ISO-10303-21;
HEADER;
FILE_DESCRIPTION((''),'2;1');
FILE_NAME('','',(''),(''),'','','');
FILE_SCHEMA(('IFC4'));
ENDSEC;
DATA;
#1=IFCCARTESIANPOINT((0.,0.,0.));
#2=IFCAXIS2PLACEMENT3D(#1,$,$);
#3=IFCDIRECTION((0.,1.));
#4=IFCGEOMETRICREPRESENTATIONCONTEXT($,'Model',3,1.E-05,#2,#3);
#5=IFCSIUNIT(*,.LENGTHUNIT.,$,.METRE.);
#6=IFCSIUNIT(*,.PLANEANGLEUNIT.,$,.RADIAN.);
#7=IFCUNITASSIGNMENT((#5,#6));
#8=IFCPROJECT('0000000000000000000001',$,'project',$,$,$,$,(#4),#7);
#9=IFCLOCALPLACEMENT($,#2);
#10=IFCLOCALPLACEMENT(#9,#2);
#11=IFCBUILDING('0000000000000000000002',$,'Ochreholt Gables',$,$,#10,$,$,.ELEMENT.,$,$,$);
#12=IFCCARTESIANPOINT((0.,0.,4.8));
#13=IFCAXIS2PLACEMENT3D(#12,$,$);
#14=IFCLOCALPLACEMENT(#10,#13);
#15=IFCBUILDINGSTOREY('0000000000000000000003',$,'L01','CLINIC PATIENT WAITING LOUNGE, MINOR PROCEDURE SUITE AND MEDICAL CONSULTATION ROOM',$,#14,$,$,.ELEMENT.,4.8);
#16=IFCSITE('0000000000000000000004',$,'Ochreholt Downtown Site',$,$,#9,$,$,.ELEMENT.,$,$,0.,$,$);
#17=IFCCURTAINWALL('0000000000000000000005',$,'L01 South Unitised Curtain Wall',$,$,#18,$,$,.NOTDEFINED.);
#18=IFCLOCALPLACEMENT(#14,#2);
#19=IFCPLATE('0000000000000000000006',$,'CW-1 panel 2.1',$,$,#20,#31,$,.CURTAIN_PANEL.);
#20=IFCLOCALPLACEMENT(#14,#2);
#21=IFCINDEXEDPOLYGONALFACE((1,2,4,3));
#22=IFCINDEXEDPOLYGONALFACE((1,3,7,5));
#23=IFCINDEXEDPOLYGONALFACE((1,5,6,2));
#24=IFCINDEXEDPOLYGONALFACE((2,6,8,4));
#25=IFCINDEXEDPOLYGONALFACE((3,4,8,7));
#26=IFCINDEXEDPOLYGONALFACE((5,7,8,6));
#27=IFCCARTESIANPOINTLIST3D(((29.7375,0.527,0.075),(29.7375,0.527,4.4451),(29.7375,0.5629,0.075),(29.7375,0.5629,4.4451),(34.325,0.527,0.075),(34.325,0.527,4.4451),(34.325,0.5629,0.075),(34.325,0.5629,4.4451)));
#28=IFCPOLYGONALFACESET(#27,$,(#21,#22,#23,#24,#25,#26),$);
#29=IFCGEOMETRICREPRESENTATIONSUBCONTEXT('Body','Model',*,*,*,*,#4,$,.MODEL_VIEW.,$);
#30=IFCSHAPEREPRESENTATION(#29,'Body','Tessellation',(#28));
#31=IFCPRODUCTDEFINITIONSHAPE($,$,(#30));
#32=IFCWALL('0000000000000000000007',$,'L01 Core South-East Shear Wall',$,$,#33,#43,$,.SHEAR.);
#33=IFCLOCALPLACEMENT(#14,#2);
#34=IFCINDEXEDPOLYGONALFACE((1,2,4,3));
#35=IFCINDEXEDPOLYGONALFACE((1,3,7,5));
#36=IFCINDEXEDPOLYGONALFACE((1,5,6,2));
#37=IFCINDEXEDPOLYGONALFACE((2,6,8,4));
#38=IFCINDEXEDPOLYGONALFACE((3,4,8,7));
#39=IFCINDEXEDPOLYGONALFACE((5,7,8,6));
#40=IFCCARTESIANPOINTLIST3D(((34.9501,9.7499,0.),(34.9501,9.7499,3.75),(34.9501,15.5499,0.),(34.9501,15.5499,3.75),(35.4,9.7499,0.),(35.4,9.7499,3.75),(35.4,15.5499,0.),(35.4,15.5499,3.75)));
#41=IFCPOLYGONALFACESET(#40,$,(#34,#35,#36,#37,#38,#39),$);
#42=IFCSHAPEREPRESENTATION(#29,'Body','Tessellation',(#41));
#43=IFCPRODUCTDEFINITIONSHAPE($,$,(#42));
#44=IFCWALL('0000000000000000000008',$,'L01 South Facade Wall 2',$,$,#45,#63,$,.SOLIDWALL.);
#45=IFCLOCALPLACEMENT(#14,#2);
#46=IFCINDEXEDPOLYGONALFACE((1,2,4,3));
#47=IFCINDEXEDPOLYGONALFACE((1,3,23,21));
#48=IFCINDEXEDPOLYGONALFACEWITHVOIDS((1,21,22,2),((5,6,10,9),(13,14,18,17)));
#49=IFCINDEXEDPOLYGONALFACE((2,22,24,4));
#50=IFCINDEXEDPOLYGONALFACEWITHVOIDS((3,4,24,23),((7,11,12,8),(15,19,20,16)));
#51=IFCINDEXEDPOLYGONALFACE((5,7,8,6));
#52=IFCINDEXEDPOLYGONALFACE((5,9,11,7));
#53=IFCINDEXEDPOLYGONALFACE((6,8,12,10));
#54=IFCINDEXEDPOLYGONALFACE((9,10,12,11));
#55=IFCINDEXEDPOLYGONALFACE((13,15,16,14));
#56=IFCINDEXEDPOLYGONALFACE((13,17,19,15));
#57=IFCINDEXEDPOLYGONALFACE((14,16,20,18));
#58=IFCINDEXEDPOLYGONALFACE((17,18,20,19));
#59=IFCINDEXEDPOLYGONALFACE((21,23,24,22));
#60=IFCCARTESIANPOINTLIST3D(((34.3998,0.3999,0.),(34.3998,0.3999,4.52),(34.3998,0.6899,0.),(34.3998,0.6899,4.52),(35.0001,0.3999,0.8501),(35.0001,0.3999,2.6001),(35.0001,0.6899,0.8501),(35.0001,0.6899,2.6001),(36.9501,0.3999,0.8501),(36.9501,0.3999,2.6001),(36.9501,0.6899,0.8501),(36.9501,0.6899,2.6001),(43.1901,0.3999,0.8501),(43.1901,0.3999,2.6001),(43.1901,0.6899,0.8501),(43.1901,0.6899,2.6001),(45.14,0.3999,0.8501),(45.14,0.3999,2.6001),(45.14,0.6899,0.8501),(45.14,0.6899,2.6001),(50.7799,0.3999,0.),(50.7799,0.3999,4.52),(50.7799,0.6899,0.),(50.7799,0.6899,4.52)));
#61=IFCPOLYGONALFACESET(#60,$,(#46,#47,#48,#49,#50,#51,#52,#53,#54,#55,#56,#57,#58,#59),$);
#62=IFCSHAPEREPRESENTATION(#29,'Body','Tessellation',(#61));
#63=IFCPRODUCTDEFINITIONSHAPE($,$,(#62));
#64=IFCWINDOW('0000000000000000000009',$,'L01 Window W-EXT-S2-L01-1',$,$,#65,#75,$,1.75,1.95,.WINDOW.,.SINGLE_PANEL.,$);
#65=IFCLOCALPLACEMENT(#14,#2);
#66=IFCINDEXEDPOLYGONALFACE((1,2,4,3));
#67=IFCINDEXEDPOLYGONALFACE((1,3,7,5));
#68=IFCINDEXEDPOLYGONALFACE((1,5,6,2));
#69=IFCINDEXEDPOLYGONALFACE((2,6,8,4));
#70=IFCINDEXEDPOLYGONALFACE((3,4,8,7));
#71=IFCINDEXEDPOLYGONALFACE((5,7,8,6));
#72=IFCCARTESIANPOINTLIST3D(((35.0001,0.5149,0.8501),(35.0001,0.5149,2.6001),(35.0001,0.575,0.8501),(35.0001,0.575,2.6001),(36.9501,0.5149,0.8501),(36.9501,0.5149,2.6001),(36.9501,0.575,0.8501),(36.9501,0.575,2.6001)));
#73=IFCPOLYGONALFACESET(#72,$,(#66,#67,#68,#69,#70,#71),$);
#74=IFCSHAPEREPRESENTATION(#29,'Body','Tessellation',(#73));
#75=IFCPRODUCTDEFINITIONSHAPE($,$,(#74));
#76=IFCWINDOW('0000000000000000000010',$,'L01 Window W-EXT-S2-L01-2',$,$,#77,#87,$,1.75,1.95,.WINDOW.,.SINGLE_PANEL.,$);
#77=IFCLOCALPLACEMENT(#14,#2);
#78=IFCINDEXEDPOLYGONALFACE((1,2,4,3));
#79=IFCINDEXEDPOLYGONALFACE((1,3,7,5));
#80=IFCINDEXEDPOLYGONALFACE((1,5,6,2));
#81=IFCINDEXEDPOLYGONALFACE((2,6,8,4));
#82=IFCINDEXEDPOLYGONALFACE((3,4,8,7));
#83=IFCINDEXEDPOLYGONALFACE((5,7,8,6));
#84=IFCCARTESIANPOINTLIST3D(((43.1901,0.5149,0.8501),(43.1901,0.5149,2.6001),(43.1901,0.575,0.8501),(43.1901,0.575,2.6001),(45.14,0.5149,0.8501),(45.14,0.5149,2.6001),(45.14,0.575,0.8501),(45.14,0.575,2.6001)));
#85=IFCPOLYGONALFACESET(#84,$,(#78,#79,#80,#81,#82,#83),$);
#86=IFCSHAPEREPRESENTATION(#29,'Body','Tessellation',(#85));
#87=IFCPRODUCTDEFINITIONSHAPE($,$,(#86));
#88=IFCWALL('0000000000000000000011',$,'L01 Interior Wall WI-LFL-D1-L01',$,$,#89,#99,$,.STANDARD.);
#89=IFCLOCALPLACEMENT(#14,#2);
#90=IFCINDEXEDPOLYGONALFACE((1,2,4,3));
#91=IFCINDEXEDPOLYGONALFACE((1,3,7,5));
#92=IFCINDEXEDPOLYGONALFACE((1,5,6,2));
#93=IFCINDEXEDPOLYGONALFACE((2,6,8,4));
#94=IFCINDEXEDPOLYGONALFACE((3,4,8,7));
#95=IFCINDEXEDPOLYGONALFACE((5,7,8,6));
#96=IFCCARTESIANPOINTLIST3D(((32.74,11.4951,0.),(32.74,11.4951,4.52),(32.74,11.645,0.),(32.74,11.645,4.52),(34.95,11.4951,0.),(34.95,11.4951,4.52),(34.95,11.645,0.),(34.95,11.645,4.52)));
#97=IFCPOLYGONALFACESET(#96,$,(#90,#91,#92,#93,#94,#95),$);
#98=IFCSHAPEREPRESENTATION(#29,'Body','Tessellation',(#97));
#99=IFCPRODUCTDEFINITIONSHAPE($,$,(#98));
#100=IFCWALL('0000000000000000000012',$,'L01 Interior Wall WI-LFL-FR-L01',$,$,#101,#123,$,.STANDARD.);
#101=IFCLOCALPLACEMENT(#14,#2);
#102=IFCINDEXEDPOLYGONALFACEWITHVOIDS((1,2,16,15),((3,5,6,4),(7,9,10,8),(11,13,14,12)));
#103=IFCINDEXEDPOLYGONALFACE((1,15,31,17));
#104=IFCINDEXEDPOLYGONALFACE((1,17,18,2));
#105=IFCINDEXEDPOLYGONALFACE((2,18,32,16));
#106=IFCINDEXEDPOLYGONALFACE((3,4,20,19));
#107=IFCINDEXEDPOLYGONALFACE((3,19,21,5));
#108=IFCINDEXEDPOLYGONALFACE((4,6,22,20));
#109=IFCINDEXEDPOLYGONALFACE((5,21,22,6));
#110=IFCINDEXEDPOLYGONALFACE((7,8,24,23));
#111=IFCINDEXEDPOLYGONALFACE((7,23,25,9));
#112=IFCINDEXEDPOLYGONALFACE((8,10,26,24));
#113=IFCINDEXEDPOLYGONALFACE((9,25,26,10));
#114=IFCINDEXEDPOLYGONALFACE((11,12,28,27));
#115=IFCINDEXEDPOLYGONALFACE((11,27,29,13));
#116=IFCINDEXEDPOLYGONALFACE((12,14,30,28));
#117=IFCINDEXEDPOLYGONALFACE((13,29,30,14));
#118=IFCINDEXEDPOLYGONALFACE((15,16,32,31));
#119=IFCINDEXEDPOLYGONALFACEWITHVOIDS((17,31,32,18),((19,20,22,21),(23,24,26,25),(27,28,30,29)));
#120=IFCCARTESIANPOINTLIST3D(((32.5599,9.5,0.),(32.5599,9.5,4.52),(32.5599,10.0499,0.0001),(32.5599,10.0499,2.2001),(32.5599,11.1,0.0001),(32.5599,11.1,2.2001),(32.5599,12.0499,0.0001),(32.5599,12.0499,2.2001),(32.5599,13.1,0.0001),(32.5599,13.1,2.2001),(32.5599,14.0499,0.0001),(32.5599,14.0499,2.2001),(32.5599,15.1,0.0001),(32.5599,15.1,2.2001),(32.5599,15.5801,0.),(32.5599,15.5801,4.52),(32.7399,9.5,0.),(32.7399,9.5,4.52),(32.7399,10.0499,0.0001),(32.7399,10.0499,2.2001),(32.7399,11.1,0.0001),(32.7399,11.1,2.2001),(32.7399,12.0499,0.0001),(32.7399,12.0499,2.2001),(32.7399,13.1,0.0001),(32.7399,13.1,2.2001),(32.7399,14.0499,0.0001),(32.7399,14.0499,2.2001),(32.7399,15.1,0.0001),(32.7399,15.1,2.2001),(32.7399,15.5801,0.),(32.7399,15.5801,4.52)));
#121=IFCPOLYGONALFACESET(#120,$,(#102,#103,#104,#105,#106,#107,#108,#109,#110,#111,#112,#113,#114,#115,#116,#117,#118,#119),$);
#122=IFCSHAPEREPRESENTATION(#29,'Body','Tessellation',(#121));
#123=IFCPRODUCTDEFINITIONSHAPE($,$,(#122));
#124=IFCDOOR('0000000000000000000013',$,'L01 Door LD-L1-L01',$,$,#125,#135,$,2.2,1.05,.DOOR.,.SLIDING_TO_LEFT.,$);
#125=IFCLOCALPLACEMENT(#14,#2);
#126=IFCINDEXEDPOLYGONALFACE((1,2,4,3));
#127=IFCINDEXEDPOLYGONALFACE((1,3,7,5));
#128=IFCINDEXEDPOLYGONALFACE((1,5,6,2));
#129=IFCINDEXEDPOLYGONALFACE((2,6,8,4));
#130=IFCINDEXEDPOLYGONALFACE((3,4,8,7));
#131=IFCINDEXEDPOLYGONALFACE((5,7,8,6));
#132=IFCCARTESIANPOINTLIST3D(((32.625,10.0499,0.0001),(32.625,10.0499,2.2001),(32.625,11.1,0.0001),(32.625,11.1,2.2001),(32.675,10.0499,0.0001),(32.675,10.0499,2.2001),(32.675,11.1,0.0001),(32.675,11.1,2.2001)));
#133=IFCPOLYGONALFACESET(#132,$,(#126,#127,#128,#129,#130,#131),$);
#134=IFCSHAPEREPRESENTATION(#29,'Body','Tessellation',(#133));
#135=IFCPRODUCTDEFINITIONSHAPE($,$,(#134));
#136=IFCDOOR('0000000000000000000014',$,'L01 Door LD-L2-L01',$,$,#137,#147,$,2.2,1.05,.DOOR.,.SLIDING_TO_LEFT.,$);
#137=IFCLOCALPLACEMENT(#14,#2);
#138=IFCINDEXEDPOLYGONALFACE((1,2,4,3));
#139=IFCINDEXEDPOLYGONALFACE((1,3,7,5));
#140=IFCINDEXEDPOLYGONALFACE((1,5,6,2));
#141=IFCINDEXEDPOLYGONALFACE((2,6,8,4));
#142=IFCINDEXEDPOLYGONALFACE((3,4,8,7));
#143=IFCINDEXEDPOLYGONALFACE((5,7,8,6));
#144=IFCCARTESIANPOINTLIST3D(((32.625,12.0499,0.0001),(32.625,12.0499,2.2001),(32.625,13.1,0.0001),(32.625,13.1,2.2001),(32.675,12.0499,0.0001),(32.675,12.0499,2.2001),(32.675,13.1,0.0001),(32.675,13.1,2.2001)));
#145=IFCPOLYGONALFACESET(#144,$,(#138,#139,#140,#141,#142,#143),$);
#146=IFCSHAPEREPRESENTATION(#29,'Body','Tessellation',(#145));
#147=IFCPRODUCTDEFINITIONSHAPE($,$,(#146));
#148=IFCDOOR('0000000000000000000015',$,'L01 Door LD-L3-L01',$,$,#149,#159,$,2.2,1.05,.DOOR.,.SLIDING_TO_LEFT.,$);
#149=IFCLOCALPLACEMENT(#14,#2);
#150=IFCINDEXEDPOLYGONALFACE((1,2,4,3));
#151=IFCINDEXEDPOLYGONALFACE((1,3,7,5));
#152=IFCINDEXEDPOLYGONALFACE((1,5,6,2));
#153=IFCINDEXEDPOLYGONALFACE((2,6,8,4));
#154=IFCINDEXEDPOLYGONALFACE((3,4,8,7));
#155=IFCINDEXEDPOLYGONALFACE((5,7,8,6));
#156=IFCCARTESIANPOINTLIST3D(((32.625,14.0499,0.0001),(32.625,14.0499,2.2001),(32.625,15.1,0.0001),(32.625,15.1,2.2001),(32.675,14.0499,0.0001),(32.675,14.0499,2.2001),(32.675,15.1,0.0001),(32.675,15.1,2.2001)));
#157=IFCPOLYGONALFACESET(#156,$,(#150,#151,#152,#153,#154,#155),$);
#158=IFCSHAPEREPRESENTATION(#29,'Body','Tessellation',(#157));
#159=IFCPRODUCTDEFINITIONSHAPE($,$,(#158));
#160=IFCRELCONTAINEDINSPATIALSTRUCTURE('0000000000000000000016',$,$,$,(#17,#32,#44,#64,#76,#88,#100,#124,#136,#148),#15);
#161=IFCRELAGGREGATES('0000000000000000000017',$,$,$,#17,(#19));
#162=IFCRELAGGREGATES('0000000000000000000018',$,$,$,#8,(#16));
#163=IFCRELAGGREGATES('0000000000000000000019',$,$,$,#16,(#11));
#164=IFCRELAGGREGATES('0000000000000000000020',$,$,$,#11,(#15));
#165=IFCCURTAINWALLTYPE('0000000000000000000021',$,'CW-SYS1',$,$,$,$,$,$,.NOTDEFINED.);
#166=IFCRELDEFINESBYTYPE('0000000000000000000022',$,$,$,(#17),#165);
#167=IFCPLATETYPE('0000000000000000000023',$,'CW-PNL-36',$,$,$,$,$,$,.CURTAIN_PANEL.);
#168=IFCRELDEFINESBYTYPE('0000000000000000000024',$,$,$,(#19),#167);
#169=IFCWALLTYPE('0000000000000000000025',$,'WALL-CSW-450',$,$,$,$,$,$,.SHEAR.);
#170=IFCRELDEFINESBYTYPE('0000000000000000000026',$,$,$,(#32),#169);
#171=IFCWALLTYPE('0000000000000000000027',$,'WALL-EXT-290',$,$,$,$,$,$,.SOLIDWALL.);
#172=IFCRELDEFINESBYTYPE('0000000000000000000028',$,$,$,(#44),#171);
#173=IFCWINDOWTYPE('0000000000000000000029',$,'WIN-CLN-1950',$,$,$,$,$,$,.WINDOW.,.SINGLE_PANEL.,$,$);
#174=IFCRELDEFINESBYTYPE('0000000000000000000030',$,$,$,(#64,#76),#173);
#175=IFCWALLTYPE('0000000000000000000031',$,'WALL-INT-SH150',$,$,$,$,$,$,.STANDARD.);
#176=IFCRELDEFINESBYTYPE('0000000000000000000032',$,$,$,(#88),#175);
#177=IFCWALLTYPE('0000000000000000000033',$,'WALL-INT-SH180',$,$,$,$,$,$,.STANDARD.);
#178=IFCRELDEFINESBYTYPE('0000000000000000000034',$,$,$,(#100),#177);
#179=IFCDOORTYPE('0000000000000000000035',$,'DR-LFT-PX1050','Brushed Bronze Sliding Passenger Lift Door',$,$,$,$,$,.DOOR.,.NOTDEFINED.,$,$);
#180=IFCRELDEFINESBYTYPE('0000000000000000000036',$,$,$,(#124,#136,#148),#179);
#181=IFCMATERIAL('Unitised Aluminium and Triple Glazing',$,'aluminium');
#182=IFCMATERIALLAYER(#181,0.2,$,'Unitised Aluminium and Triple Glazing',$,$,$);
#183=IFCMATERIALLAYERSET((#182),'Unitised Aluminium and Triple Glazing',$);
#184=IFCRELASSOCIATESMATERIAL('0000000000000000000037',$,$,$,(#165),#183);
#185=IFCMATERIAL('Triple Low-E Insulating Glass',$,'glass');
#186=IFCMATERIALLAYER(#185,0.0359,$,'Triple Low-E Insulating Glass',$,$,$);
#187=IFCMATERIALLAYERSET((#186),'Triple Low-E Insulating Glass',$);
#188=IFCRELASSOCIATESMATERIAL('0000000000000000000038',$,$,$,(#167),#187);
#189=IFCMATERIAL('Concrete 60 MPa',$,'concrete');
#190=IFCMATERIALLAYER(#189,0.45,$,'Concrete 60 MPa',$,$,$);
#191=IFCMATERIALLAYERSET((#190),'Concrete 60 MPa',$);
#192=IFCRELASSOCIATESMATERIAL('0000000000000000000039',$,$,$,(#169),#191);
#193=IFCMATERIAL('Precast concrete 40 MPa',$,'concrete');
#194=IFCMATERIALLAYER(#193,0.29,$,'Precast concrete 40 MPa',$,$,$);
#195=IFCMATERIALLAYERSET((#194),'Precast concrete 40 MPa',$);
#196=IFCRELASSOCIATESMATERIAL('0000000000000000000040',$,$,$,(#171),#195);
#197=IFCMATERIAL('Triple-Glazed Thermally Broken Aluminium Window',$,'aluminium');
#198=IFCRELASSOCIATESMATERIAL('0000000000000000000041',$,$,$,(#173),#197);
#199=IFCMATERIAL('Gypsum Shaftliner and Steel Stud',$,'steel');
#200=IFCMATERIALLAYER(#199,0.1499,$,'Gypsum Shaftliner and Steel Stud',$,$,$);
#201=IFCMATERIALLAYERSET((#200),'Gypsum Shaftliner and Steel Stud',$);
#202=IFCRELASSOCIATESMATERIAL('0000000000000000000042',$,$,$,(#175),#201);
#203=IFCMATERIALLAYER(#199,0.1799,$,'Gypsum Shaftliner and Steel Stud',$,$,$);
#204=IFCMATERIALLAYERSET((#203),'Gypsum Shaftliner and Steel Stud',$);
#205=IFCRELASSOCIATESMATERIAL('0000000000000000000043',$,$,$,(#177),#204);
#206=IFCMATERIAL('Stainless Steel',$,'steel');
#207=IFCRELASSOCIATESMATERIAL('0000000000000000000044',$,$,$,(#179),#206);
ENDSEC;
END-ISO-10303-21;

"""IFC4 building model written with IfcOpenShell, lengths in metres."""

from ifc_helpers import new_model, si_unit, direction, frame, frame_2d, origin, origin_2d, place, context, subcontext, project, spatial, rectangle, extrude, material, layer, layer_set, type_object, element, fill, aggregate, save


model = new_model("IFC4")

# Units and contexts
model_context = context("Model", 3, precision=1e-05, world=origin(), true_north=direction((0.0, 1.0)))
body_context = subcontext(model_context, "Body", "Model", "MODEL_VIEW")
ifc_project = project(units=[si_unit("LENGTHUNIT", "METRE"), si_unit("PLANEANGLEUNIT", "RADIAN")], contexts=[model_context])

# Site, building, storey
site_placement = place(None, origin())
site = spatial("IfcSite", under=ifc_project, at=site_placement, Name="Ochreholt Downtown Site", CompositionType="ELEMENT", RefElevation=0.0)
building_placement = place(site_placement, origin())
building = spatial("IfcBuilding", under=site, at=building_placement, Name="Ochreholt Gables", CompositionType="ELEMENT")
storey_placement = place(building_placement, frame((0.0, 0.0, 4.8)))
storey = spatial("IfcBuildingStorey", under=building, at=storey_placement, Name="L01", Description="CLINIC PATIENT WAITING LOUNGE, MINOR PROCEDURE SUITE AND MEDICAL CONSULTATION ROOM", CompositionType="ELEMENT", Elevation=4.8)

# Shared definitions
ifc_material_1 = material(Name="Concrete 60 MPa", Category="concrete")

# Curtain wall, plate
ifc_material_2 = material(Name="Unitised Aluminium and Triple Glazing", Category="aluminium")
ifc_layer_1 = layer(ifc_material_2, 0.2, Name="Unitised Aluminium and Triple Glazing")
ifc_layer_set_1 = layer_set([ifc_layer_1], Name="Unitised Aluminium and Triple Glazing")
curtain_wall_type = type_object("IfcCurtainWallType", Name="CW-SYS1", PredefinedType="NOTDEFINED", material=ifc_layer_set_1)
curtain_wall_placement = place(storey_placement, origin())
curtain_wall = element("IfcCurtainWall", 1, at=curtain_wall_placement, inside=storey, type_object=curtain_wall_type, Name="L01 South Unitised Curtain Wall", PredefinedType="NOTDEFINED")
ifc_material_3 = material(Name="Triple Low-E Insulating Glass", Category="glass")
ifc_layer_2 = layer(ifc_material_3, 0.0359, Name="Triple Low-E Insulating Glass")
ifc_layer_set_2 = layer_set([ifc_layer_2], Name="Triple Low-E Insulating Glass")
plate_type = type_object("IfcPlateType", Name="CW-PNL-36", PredefinedType="CURTAIN_PANEL", material=ifc_layer_set_2)
plate_1_placement = place(storey_placement, frame((32.0312, 0.5449, 0.075), z_axis=(0.0, 0.0, 1.0), x_axis=(1.0, 0.0, 0.0)))
plate_1 = element("IfcPlate", 2, at=plate_1_placement, type_object=plate_type, Name="CW-1 panel 2.1", PredefinedType="CURTAIN_PANEL", context=body_context, shape_type="SweptSolid", body=[
    extrude(rectangle(XDim=4.5874, YDim=0.0359, at=origin_2d()), origin(), (0.0, 0.0, 1.0), 4.3701),
])
aggregate(curtain_wall, [plate_1])

# Wall
ifc_layer_3 = layer(ifc_material_1, 0.45, Name="Concrete 60 MPa")
ifc_layer_set_3 = layer_set([ifc_layer_3], Name="Concrete 60 MPa")
wall_type_1 = type_object("IfcWallType", Name="WALL-CSW-450", PredefinedType="SHEAR", material=ifc_layer_set_3)
wall_1_placement = place(storey_placement, frame((35.175, 9.75, 0.0), z_axis=(0.0, 0.0, 1.0), x_axis=(0.0, 1.0, 0.0)))
element("IfcWall", 3, at=wall_1_placement, inside=storey, type_object=wall_type_1, Name="L01 Core South-East Shear Wall", PredefinedType="SHEAR", context=body_context, shape_type="SweptSolid", body=[
    extrude(rectangle(XDim=5.8, YDim=0.45, at=frame_2d((2.8999, 0.0))), origin(), (0.0, 0.0, 1.0), 3.75),
])

# Wall, openings, windows
ifc_material_4 = material(Name="Precast concrete 40 MPa", Category="concrete")
ifc_layer_4 = layer(ifc_material_4, 0.29, Name="Precast concrete 40 MPa")
ifc_layer_set_4 = layer_set([ifc_layer_4], Name="Precast concrete 40 MPa")
wall_type_2 = type_object("IfcWallType", Name="WALL-EXT-290", PredefinedType="SOLIDWALL", material=ifc_layer_set_4)
wall_2_placement = place(storey_placement, frame((34.3999, 0.5449, 0.0), z_axis=(0.0, 0.0, 1.0), x_axis=(1.0, 0.0, 0.0)))
wall_2 = element("IfcWall", 4, at=wall_2_placement, inside=storey, type_object=wall_type_2, Name="L01 South Facade Wall 2", PredefinedType="SOLIDWALL", context=body_context, shape_type="SweptSolid", body=[
    extrude(rectangle(XDim=16.3801, YDim=0.29, at=frame_2d((8.1899, 0.0))), origin(), (0.0, 0.0, 1.0), 4.52),
])
opening_1_placement = place(wall_2_placement, frame((0.6001, 0.0, 0.8501)))
opening_1 = element("IfcOpeningElement", 5, at=opening_1_placement, cuts=wall_2, PredefinedType="OPENING", context=body_context, shape_type="SweptSolid", body=[
    extrude(rectangle(XDim=1.95, YDim=1.75, at=frame_2d((0.9751, 0.875))), frame((0.0, 0.155, 0.0), z_axis=(0.0, -1.0, 0.0), x_axis=(1.0, 0.0, 0.0)), (0.0, 0.0, 1.0), 0.3101),
])
opening_2_placement = place(wall_2_placement, frame((8.79, 0.0, 0.8501)))
opening_2 = element("IfcOpeningElement", 6, at=opening_2_placement, cuts=wall_2, PredefinedType="OPENING", context=body_context, shape_type="SweptSolid", body=[
    extrude(rectangle(XDim=1.95, YDim=1.75, at=frame_2d((0.9751, 0.875))), frame((0.0, 0.155, 0.0), z_axis=(0.0, -1.0, 0.0), x_axis=(1.0, 0.0, 0.0)), (0.0, 0.0, 1.0), 0.3101),
])
ifc_material_5 = material(Name="Triple-Glazed Thermally Broken Aluminium Window", Category="aluminium")
window_type = type_object("IfcWindowType", Name="WIN-CLN-1950", PartitioningType="SINGLE_PANEL", PredefinedType="WINDOW", material=ifc_material_5)
window_1_placement = place(opening_1_placement, origin())
window_1 = element("IfcWindow", 7, at=window_1_placement, inside=storey, type_object=window_type, Name="L01 Window W-EXT-S2-L01-1", OverallHeight=1.75, OverallWidth=1.95, PartitioningType="SINGLE_PANEL", PredefinedType="WINDOW", context=body_context, shape_type="SweptSolid", body=[
    extrude(rectangle(XDim=1.95, YDim=1.75, at=frame_2d((0.9751, 0.875))), frame((0.0, 0.03, 0.0), z_axis=(0.0, -1.0, 0.0), x_axis=(1.0, 0.0, 0.0)), (0.0, 0.0, 1.0), 0.0601),
])
fill(opening_1, window_1)
window_2_placement = place(opening_2_placement, origin())
window_2 = element("IfcWindow", 8, at=window_2_placement, inside=storey, type_object=window_type, Name="L01 Window W-EXT-S2-L01-2", OverallHeight=1.75, OverallWidth=1.95, PartitioningType="SINGLE_PANEL", PredefinedType="WINDOW", context=body_context, shape_type="SweptSolid", body=[
    extrude(rectangle(XDim=1.95, YDim=1.75, at=frame_2d((0.9751, 0.875))), frame((0.0, 0.03, 0.0), z_axis=(0.0, -1.0, 0.0), x_axis=(1.0, 0.0, 0.0)), (0.0, 0.0, 1.0), 0.0601),
])
fill(opening_2, window_2)

# Wall
ifc_material_6 = material(Name="Gypsum Shaftliner and Steel Stud", Category="steel")
ifc_layer_5 = layer(ifc_material_6, 0.1499, Name="Gypsum Shaftliner and Steel Stud")
ifc_layer_set_5 = layer_set([ifc_layer_5], Name="Gypsum Shaftliner and Steel Stud")
wall_type_3 = type_object("IfcWallType", Name="WALL-INT-SH150", PredefinedType="STANDARD", material=ifc_layer_set_5)
wall_3_placement = place(storey_placement, frame((32.74, 11.5701, 0.0), z_axis=(0.0, 0.0, 1.0), x_axis=(1.0, 0.0, 0.0)))
element("IfcWall", 9, at=wall_3_placement, inside=storey, type_object=wall_type_3, Name="L01 Interior Wall WI-LFL-D1-L01", PredefinedType="STANDARD", context=body_context, shape_type="SweptSolid", body=[
    extrude(rectangle(XDim=2.21, YDim=0.1499, at=frame_2d((1.105, 0.0))), origin(), (0.0, 0.0, 1.0), 4.52),
])

# Wall, openings, doors
ifc_layer_6 = layer(ifc_material_6, 0.1799, Name="Gypsum Shaftliner and Steel Stud")
ifc_layer_set_6 = layer_set([ifc_layer_6], Name="Gypsum Shaftliner and Steel Stud")
wall_type_4 = type_object("IfcWallType", Name="WALL-INT-SH180", PredefinedType="STANDARD", material=ifc_layer_set_6)
wall_4_placement = place(storey_placement, frame((32.6499, 9.5, 0.0), z_axis=(0.0, 0.0, 1.0), x_axis=(0.0, 1.0, 0.0)))
wall_4 = element("IfcWall", 10, at=wall_4_placement, inside=storey, type_object=wall_type_4, Name="L01 Interior Wall WI-LFL-FR-L01", PredefinedType="STANDARD", context=body_context, shape_type="SweptSolid", body=[
    extrude(rectangle(XDim=6.0801, YDim=0.1799, at=frame_2d((3.04, 0.0))), origin(), (0.0, 0.0, 1.0), 4.52),
])
opening_3_placement = place(wall_4_placement, frame((0.55, 0.0, 0.0)))
opening_3 = element("IfcOpeningElement", 11, at=opening_3_placement, cuts=wall_4, PredefinedType="OPENING", context=body_context, shape_type="SweptSolid", body=[
    extrude(rectangle(XDim=1.05, YDim=2.2, at=frame_2d((0.5249, 1.1001))), frame((0.0, 0.0999, 0.0), z_axis=(0.0, -1.0, 0.0), x_axis=(1.0, 0.0, 0.0)), (0.0, 0.0, 1.0), 0.2),
])
opening_4_placement = place(wall_4_placement, frame((2.55, 0.0, 0.0)))
opening_4 = element("IfcOpeningElement", 12, at=opening_4_placement, cuts=wall_4, PredefinedType="OPENING", context=body_context, shape_type="SweptSolid", body=[
    extrude(rectangle(XDim=1.05, YDim=2.2, at=frame_2d((0.5249, 1.1001))), frame((0.0, 0.0999, 0.0), z_axis=(0.0, -1.0, 0.0), x_axis=(1.0, 0.0, 0.0)), (0.0, 0.0, 1.0), 0.2),
])
opening_5_placement = place(wall_4_placement, frame((4.55, 0.0, 0.0)))
opening_5 = element("IfcOpeningElement", 13, at=opening_5_placement, cuts=wall_4, PredefinedType="OPENING", context=body_context, shape_type="SweptSolid", body=[
    extrude(rectangle(XDim=1.05, YDim=2.2, at=frame_2d((0.5249, 1.1001))), frame((0.0, 0.0999, 0.0), z_axis=(0.0, -1.0, 0.0), x_axis=(1.0, 0.0, 0.0)), (0.0, 0.0, 1.0), 0.2),
])
ifc_material_7 = material(Name="Stainless Steel", Category="steel")
door_type = type_object("IfcDoorType", Name="DR-LFT-PX1050", Description="Brushed Bronze Sliding Passenger Lift Door", OperationType="NOTDEFINED", PredefinedType="DOOR", material=ifc_material_7)
door_1_placement = place(opening_3_placement, origin())
door_1 = element("IfcDoor", 14, at=door_1_placement, inside=storey, type_object=door_type, Name="L01 Door LD-L1-L01", OperationType="SLIDING_TO_LEFT", OverallHeight=2.2, OverallWidth=1.05, PredefinedType="DOOR", context=body_context, shape_type="SweptSolid", body=[
    extrude(rectangle(XDim=1.05, YDim=2.2, at=frame_2d((0.5249, 1.1001))), frame((0.0, 0.0249, 0.0), z_axis=(0.0, -1.0, 0.0), x_axis=(1.0, 0.0, 0.0)), (0.0, 0.0, 1.0), 0.05),
])
fill(opening_3, door_1)
door_2_placement = place(opening_4_placement, origin())
door_2 = element("IfcDoor", 15, at=door_2_placement, inside=storey, type_object=door_type, Name="L01 Door LD-L2-L01", OperationType="SLIDING_TO_LEFT", OverallHeight=2.2, OverallWidth=1.05, PredefinedType="DOOR", context=body_context, shape_type="SweptSolid", body=[
    extrude(rectangle(XDim=1.05, YDim=2.2, at=frame_2d((0.5249, 1.1001))), frame((0.0, 0.0249, 0.0), z_axis=(0.0, -1.0, 0.0), x_axis=(1.0, 0.0, 0.0)), (0.0, 0.0, 1.0), 0.05),
])
fill(opening_4, door_2)
door_3_placement = place(opening_5_placement, origin())
door_3 = element("IfcDoor", 16, at=door_3_placement, inside=storey, type_object=door_type, Name="L01 Door LD-L3-L01", OperationType="SLIDING_TO_LEFT", OverallHeight=2.2, OverallWidth=1.05, PredefinedType="DOOR", context=body_context, shape_type="SweptSolid", body=[
    extrude(rectangle(XDim=1.05, YDim=2.2, at=frame_2d((0.5249, 1.1001))), frame((0.0, 0.0249, 0.0), z_axis=(0.0, -1.0, 0.0), x_axis=(1.0, 0.0, 0.0)), (0.0, 0.0, 1.0), 0.05),
])
fill(opening_5, door_3)

save(model, "model.ifc")
